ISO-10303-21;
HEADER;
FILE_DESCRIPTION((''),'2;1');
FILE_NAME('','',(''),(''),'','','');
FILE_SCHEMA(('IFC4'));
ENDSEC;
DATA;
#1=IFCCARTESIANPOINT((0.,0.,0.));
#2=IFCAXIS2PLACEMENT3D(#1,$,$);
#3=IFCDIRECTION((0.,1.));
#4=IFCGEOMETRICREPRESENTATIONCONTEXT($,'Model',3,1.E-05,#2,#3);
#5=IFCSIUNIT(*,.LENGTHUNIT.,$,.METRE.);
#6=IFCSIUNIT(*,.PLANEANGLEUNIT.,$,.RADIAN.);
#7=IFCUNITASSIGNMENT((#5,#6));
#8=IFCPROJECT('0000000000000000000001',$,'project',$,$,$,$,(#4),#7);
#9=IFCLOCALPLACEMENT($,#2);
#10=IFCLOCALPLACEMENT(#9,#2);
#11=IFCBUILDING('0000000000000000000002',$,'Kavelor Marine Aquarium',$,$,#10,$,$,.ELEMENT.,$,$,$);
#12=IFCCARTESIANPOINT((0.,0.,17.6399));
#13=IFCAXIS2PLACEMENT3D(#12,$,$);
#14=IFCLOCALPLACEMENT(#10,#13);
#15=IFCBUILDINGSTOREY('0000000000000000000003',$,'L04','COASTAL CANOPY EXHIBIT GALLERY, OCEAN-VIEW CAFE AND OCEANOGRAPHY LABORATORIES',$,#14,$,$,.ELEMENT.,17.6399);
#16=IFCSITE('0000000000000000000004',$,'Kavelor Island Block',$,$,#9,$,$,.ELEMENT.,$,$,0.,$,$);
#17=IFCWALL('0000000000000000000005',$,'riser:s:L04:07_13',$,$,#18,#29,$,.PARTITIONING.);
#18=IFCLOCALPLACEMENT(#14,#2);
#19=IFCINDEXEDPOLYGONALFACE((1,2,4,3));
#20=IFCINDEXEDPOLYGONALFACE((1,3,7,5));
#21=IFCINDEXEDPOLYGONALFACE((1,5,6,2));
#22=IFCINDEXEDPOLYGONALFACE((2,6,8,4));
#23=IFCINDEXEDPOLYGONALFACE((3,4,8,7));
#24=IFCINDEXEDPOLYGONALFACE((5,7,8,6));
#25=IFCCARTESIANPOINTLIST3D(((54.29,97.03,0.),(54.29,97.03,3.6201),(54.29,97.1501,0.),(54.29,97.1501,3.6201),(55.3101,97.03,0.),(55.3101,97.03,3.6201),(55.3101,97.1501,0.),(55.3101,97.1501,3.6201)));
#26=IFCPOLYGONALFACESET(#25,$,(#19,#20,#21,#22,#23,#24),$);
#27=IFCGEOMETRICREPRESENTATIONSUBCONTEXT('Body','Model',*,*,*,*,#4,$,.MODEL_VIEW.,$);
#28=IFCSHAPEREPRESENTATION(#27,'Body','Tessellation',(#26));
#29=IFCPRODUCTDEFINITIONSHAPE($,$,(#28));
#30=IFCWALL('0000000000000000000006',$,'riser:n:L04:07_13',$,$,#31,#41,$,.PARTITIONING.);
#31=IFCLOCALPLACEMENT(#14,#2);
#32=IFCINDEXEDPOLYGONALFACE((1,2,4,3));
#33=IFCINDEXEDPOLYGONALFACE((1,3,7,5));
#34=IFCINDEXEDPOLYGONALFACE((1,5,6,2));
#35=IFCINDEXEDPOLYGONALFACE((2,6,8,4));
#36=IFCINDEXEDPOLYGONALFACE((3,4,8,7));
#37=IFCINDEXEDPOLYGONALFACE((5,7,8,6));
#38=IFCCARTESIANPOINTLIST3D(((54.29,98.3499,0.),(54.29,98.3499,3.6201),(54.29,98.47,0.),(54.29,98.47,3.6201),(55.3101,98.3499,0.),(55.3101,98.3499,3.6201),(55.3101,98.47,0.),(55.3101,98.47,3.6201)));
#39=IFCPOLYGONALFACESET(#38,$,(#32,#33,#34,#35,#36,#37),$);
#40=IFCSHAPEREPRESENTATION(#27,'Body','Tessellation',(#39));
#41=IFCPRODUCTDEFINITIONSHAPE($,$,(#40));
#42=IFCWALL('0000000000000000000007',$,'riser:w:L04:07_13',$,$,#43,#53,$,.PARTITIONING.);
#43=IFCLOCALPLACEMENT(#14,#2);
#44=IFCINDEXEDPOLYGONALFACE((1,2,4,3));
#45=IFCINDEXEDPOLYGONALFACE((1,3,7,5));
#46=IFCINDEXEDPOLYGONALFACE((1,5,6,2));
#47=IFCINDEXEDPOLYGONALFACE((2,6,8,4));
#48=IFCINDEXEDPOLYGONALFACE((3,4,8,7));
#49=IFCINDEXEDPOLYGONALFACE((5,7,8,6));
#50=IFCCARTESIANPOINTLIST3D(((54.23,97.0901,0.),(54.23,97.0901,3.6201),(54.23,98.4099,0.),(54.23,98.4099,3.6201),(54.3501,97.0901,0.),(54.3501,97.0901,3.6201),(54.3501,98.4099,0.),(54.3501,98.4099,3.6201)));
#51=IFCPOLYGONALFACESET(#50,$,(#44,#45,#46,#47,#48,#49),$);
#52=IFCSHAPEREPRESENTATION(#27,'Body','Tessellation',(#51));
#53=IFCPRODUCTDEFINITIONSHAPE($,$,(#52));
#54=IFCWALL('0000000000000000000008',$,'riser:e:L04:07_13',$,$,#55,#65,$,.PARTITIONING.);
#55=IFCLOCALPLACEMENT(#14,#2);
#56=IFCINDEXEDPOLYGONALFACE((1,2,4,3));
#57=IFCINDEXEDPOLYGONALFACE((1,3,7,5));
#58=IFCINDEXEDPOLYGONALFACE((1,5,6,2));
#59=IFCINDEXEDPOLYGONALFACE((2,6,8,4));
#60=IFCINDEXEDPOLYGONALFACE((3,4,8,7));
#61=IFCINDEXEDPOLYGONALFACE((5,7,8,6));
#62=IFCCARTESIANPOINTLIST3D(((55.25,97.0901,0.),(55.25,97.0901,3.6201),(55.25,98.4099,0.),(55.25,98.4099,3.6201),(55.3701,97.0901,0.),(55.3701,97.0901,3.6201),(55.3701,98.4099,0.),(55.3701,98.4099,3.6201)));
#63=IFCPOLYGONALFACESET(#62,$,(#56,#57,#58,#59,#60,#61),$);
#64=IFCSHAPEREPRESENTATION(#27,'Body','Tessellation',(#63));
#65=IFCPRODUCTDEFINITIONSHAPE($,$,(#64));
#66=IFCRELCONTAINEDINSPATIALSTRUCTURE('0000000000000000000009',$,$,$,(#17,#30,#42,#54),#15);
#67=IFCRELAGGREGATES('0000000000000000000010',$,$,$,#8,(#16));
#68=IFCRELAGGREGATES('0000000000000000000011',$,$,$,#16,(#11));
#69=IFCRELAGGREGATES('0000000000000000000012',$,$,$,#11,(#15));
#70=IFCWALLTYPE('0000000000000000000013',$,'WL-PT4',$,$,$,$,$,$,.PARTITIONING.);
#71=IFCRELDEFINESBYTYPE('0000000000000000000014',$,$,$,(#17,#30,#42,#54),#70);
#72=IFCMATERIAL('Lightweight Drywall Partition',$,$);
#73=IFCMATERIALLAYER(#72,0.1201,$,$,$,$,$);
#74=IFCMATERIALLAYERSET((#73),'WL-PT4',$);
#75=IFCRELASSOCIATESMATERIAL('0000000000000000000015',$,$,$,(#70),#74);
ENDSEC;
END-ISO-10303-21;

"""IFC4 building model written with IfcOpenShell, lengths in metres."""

from ifc_helpers import new_model, si_unit, direction, frame, frame_2d, origin, place, context, subcontext, project, spatial, rectangle, extrude, material, layer, layer_set, type_object, element, save


model = new_model("IFC4")

# Units and contexts
model_context = context("Model", 3, precision=1e-05, world=origin(), true_north=direction((0.0, 1.0)))
body_context = subcontext(model_context, "Body", "Model", "MODEL_VIEW")
ifc_project = project(units=[si_unit("LENGTHUNIT", "METRE"), si_unit("PLANEANGLEUNIT", "RADIAN")], contexts=[model_context])

# Site, building, storey
site_placement = place(None, origin())
site = spatial("IfcSite", under=ifc_project, at=site_placement, Name="Kavelor Island Block", CompositionType="ELEMENT", RefElevation=0.0)
building_placement = place(site_placement, origin())
building = spatial("IfcBuilding", under=site, at=building_placement, Name="Kavelor Marine Aquarium", CompositionType="ELEMENT")
storey_placement = place(building_placement, frame((0.0, 0.0, 17.6399)))
storey = spatial("IfcBuildingStorey", under=building, at=storey_placement, Name="L04", Description="COASTAL CANOPY EXHIBIT GALLERY, OCEAN-VIEW CAFE AND OCEANOGRAPHY LABORATORIES", CompositionType="ELEMENT", Elevation=17.6399)

# Walls
ifc_material_1 = material(Name="Lightweight Drywall Partition")
ifc_layer_1 = layer(ifc_material_1, 0.1201)
ifc_layer_set_1 = layer_set([ifc_layer_1], Name="WL-PT4")
wall_type_1 = type_object("IfcWallType", Name="WL-PT4", PredefinedType="PARTITIONING", material=ifc_layer_set_1)
for number, where, z_axis, x_axis, name in (
    (1, (54.29, 97.0901, 0.0), (0.0, 0.0, 1.0), (1.0, 0.0, 0.0), "riser:s:L04:07_13"),
    (2, (54.29, 98.4099, 0.0), (0.0, 0.0, 1.0), (1.0, 0.0, 0.0), "riser:n:L04:07_13"),
):
    element("IfcWall", number, at=place(storey_placement, frame(where, z_axis=z_axis, x_axis=x_axis)), inside=storey, type_object=wall_type_1, Name=name, PredefinedType="PARTITIONING", context=body_context, shape_type="SweptSolid", body=[
        extrude(rectangle(XDim=1.02, YDim=0.1201, at=frame_2d((0.51, 0.0))), origin(), (0.0, 0.0, 1.0), 3.6201),
    ])
for number, where, z_axis, x_axis, name in (
    (3, (54.29, 97.0901, 0.0), (0.0, 0.0, 1.0), (0.0, 1.0, 0.0), "riser:w:L04:07_13"),
    (4, (55.3101, 97.0901, 0.0), (0.0, 0.0, 1.0), (0.0, 1.0, 0.0), "riser:e:L04:07_13"),
):
    element("IfcWall", number, at=place(storey_placement, frame(where, z_axis=z_axis, x_axis=x_axis)), inside=storey, type_object=wall_type_1, Name=name, PredefinedType="PARTITIONING", context=body_context, shape_type="SweptSolid", body=[
        extrude(rectangle(XDim=1.3198, YDim=0.1201, at=frame_2d((0.6599, 0.0))), origin(), (0.0, 0.0, 1.0), 3.6201),
    ])

save(model, "model.ifc")
